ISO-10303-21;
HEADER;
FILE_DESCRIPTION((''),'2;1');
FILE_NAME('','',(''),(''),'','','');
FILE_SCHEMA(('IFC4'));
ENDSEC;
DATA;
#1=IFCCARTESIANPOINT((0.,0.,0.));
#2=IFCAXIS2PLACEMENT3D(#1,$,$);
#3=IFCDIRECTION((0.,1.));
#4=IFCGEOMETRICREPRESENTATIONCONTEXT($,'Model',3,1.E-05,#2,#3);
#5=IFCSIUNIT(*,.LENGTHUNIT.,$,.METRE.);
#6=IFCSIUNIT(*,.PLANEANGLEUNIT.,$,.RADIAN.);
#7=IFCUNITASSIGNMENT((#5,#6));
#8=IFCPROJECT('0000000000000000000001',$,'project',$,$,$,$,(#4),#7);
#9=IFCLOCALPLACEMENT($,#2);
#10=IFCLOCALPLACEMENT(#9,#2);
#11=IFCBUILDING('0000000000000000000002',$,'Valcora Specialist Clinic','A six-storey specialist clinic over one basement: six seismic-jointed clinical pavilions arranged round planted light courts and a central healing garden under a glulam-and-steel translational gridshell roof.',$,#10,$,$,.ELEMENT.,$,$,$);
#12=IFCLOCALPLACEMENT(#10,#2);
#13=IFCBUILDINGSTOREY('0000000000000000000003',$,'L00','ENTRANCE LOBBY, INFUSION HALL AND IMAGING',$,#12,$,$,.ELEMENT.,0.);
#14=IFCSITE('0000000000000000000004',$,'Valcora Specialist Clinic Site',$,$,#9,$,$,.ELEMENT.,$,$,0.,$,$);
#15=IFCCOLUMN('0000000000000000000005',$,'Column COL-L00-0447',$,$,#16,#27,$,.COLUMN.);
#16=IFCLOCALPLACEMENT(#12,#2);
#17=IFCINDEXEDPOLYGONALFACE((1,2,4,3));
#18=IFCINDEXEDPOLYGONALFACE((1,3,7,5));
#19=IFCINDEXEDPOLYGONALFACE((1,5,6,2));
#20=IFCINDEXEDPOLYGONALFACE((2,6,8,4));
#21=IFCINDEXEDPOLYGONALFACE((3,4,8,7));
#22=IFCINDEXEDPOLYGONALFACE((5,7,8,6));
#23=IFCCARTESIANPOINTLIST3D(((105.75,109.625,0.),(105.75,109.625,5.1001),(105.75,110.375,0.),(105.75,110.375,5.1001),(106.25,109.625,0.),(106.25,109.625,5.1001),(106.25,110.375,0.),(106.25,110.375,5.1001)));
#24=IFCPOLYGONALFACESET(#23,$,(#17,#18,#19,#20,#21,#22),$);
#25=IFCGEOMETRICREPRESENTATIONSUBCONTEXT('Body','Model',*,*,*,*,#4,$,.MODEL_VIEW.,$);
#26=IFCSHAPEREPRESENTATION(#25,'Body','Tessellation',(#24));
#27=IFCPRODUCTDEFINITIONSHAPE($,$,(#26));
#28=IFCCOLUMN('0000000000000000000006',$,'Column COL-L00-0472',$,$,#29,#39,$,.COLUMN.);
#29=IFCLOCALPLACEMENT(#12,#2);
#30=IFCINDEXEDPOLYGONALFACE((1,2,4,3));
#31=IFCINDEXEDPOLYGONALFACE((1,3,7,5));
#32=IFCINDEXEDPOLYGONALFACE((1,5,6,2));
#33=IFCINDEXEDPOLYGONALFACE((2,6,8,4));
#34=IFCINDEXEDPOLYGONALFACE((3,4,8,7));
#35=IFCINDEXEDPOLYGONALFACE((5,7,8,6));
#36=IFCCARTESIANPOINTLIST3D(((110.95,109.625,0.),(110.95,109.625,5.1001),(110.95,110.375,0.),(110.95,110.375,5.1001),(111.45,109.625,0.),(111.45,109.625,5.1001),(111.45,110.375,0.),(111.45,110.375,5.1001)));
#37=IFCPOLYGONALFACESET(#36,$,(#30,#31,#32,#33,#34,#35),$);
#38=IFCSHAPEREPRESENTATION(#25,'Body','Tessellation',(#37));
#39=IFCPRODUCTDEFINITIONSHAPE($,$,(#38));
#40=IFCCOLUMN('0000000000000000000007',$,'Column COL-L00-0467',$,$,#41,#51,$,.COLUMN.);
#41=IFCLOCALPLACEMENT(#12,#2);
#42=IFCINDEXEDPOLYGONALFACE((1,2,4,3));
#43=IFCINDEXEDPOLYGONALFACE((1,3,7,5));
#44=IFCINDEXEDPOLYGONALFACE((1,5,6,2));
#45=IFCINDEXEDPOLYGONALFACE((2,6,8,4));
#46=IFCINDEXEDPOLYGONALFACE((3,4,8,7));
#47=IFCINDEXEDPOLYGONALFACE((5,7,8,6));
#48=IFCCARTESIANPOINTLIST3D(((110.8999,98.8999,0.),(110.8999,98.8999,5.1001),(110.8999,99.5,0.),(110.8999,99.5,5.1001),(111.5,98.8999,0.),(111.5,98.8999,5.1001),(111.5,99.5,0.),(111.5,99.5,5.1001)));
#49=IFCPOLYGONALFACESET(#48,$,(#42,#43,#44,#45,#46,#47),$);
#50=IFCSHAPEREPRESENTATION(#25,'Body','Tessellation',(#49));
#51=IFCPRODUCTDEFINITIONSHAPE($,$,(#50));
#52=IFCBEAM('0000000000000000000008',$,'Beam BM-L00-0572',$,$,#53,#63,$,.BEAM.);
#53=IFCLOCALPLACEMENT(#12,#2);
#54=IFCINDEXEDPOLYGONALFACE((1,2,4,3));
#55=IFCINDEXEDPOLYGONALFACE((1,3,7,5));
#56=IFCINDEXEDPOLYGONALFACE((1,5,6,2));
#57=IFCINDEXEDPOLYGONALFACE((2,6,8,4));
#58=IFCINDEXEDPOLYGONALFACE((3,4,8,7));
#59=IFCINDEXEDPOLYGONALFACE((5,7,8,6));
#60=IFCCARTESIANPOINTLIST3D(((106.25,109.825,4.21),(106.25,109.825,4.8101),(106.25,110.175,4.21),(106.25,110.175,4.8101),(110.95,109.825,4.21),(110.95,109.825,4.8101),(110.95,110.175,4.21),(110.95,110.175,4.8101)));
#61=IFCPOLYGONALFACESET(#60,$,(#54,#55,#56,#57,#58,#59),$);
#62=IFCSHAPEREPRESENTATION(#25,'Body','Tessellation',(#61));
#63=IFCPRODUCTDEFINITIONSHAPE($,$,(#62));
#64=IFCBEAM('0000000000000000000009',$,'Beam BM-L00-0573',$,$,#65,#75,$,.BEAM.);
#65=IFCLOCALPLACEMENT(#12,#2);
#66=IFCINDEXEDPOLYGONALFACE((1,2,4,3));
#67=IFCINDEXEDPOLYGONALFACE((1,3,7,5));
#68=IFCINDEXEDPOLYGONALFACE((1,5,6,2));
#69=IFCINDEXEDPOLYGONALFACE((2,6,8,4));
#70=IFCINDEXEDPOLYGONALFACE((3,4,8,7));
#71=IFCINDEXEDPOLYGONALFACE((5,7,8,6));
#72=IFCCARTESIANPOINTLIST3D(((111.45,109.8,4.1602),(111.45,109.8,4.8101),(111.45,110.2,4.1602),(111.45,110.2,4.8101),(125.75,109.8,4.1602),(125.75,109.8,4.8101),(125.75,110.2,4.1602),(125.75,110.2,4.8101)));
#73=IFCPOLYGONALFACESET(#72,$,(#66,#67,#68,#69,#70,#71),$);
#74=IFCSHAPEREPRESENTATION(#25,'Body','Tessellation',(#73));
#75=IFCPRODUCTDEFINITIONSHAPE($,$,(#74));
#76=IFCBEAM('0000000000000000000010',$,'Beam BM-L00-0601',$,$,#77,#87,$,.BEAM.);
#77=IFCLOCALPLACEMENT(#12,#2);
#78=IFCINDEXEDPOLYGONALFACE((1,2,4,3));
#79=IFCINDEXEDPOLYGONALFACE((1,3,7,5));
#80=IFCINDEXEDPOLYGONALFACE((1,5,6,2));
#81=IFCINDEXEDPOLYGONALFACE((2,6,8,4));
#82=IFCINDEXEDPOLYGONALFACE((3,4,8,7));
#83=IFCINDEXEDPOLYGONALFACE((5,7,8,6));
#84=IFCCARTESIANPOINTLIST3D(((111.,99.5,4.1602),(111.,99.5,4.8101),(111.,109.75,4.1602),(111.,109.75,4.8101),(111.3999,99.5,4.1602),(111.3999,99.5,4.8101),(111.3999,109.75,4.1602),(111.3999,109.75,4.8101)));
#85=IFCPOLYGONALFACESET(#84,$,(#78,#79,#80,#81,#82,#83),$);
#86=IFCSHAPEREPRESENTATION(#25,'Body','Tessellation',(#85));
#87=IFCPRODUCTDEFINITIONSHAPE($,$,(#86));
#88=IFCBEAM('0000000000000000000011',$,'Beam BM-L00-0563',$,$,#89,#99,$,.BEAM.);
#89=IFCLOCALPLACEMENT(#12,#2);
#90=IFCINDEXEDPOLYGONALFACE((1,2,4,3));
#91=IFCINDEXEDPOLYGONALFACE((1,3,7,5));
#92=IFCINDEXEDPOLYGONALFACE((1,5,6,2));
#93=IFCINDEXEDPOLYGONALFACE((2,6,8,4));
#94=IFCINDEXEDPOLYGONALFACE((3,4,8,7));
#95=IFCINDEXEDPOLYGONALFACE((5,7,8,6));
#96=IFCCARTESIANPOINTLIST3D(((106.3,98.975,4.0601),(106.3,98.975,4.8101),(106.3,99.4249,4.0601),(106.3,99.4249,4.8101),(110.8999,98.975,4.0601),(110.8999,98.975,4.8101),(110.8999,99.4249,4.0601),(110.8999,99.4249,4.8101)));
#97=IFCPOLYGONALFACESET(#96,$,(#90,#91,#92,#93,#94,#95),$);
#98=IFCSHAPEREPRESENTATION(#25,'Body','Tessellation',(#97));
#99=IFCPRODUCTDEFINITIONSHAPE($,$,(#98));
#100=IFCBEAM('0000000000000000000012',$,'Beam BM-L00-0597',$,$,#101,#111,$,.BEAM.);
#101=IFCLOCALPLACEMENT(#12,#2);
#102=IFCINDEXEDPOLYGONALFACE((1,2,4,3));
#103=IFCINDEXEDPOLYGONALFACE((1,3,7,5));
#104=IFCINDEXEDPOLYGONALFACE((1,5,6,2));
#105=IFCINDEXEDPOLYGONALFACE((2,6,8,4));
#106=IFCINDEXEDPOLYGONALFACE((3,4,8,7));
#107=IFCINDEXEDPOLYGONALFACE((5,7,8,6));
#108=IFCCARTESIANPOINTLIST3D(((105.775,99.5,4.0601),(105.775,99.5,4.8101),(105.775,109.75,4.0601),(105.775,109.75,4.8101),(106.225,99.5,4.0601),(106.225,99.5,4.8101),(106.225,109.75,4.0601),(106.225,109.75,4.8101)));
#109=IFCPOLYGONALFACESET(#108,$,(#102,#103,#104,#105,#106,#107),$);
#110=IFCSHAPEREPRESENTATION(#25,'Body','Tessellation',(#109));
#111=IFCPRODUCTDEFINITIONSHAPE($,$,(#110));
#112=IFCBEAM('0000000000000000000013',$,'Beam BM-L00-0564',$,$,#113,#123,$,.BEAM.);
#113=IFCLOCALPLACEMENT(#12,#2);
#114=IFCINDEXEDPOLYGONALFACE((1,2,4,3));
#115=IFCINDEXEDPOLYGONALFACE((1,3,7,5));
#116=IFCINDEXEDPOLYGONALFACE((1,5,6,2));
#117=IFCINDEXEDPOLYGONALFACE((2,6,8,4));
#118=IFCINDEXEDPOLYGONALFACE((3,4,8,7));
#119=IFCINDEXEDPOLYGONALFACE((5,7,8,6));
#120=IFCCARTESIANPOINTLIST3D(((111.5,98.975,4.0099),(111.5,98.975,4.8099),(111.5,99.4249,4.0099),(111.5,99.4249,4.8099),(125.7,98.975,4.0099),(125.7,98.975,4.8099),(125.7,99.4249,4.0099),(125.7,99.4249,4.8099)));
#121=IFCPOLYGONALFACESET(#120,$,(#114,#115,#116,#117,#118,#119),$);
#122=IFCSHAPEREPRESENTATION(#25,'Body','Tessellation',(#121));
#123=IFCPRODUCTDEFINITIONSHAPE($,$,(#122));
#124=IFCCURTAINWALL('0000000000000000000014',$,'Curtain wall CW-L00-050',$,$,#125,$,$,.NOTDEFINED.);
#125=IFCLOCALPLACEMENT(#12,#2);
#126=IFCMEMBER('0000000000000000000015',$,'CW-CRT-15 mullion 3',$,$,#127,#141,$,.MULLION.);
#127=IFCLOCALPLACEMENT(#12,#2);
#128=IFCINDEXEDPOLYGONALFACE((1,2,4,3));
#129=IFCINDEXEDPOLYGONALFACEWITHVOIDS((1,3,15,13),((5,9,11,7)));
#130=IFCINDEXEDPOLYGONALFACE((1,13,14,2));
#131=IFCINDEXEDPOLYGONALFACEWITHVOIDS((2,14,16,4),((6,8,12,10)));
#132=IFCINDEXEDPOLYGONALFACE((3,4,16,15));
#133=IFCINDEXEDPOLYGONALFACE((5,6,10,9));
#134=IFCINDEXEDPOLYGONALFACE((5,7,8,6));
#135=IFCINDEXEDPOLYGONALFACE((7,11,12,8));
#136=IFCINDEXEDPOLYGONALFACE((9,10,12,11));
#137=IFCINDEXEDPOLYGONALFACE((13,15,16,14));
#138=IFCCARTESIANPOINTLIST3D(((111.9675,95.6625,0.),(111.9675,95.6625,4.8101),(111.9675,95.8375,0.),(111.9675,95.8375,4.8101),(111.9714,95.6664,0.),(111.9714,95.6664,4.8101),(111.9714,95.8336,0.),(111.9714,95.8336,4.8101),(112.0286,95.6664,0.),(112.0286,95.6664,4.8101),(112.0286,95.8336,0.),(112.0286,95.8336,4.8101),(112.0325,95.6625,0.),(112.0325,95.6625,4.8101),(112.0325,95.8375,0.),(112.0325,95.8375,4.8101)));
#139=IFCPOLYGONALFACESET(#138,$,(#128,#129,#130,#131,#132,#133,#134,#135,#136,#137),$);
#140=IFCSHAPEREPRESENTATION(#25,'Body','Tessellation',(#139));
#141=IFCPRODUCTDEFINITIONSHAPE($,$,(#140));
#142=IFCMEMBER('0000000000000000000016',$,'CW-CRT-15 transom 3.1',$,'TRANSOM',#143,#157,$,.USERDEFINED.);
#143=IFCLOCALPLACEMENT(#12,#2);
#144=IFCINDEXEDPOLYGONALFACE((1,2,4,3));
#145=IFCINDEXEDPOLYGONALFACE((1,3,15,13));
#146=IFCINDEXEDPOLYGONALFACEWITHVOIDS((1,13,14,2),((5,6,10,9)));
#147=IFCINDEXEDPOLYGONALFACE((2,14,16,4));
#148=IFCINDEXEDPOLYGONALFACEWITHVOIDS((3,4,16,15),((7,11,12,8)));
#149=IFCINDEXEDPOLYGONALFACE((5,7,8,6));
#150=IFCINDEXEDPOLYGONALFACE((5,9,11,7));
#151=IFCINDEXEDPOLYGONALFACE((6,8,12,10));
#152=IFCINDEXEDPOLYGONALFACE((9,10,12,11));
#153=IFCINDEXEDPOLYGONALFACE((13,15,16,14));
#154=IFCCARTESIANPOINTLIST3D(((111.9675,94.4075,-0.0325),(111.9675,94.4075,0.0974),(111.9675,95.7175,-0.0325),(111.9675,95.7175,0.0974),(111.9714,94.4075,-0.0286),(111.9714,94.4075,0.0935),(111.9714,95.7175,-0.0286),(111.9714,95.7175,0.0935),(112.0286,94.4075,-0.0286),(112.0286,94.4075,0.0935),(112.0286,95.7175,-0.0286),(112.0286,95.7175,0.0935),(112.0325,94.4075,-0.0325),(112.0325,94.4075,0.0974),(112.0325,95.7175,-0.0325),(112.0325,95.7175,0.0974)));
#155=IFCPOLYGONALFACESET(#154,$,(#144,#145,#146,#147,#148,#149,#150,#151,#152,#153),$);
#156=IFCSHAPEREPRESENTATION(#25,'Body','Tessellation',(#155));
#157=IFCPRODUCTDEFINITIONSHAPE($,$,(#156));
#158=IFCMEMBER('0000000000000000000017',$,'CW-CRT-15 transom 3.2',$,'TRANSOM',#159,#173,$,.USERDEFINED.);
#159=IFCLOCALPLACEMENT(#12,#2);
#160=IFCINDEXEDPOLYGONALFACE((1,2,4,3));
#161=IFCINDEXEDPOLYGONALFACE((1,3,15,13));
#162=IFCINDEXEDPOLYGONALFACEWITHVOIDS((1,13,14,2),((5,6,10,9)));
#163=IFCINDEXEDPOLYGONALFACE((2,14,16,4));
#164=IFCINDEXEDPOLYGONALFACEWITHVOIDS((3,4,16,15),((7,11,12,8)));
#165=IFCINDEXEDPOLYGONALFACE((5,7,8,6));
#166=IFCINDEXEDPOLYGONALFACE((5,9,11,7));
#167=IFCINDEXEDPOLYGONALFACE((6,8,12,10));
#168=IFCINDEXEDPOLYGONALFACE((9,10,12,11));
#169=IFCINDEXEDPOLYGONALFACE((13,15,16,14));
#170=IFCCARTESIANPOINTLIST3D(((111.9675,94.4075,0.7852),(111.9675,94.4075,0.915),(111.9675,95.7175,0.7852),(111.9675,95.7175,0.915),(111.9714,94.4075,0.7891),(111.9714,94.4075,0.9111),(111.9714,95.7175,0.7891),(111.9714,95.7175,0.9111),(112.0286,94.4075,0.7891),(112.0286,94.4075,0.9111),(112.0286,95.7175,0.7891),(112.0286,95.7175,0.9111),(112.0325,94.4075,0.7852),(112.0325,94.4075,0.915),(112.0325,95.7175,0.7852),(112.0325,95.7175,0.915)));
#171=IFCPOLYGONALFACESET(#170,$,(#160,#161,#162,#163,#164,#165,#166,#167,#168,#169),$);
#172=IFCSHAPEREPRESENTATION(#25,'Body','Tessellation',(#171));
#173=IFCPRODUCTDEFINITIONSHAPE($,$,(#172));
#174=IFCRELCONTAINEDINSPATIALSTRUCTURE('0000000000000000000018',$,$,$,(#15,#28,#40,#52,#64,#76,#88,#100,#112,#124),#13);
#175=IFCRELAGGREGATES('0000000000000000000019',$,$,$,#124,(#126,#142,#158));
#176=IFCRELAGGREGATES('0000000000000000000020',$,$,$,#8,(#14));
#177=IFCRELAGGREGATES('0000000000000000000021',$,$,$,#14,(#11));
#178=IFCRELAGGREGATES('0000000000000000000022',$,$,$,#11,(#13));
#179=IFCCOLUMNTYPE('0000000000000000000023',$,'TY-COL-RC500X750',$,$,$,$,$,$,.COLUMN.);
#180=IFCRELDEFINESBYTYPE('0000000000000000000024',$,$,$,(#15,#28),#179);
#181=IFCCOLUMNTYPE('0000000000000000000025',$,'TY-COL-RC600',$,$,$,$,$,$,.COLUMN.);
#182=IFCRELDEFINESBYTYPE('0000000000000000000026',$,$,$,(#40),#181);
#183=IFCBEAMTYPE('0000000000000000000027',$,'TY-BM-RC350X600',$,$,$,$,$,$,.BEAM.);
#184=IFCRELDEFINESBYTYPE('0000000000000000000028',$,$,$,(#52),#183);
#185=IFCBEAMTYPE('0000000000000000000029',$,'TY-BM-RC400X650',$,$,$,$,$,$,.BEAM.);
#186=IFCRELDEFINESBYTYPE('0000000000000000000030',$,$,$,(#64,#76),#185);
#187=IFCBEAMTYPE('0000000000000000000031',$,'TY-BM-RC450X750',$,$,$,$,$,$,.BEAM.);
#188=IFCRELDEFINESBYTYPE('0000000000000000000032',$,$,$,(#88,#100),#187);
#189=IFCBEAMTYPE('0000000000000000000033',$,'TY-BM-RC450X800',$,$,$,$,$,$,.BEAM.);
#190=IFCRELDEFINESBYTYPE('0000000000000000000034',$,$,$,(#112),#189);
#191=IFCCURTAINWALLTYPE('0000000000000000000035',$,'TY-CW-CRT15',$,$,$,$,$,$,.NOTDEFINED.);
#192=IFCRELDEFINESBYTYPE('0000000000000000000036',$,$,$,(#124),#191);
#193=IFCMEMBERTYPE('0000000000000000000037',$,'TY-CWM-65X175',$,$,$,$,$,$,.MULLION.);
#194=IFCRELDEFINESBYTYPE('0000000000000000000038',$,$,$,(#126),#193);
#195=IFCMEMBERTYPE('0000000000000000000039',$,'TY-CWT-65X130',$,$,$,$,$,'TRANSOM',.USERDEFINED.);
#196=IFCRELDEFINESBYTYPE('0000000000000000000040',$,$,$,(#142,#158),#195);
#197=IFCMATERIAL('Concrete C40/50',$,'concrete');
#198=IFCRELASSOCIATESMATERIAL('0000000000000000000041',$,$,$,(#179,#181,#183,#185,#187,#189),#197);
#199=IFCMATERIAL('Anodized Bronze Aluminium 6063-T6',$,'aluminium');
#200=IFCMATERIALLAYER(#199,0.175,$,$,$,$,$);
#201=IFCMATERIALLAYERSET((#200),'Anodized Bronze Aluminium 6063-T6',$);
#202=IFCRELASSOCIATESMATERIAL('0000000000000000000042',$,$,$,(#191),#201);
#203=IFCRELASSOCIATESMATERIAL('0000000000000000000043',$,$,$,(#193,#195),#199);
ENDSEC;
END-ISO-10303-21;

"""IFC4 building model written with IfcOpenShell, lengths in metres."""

from ifc_helpers import new_model, si_unit, direction, frame, origin, origin_2d, place, context, subcontext, project, spatial, rectangle, hollow_rectangle, extrude, material, layer, layer_set, material_profile, profile_set, type_object, element, aggregate, save


model = new_model("IFC4")

# Units and contexts
model_context = context("Model", 3, precision=1e-05, world=origin(), true_north=direction((0.0, 1.0)))
body_context = subcontext(model_context, "Body", "Model", "MODEL_VIEW")
ifc_project = project(units=[si_unit("LENGTHUNIT", "METRE"), si_unit("PLANEANGLEUNIT", "RADIAN")], contexts=[model_context])

# Site, building, storey
site_placement = place(None, origin())
site = spatial("IfcSite", under=ifc_project, at=site_placement, Name="Valcora Specialist Clinic Site", CompositionType="ELEMENT", RefElevation=0.0)
building_placement = place(site_placement, origin())
building = spatial("IfcBuilding", under=site, at=building_placement, Name="Valcora Specialist Clinic", Description="A six-storey specialist clinic over one basement: six seismic-jointed clinical pavilions arranged round planted light courts and a central healing garden under a glulam-and-steel translational gridshell roof.", CompositionType="ELEMENT")
storey_placement = place(building_placement, origin())
storey = spatial("IfcBuildingStorey", under=building, at=storey_placement, Name="L00", Description="ENTRANCE LOBBY, INFUSION HALL AND IMAGING", CompositionType="ELEMENT", Elevation=0.0)

# Columns
ifc_material_1 = material(Name="Concrete C40/50", Category="concrete")
ifc_material_profile_1 = material_profile(ifc_material_1, rectangle(XDim=0.5, YDim=0.75, at=origin_2d()), Name="RC-COL-500X750")
ifc_profile_set_1 = profile_set([ifc_material_profile_1], Name="Concrete C40/50")
column_type_1 = type_object("IfcColumnType", Name="TY-COL-RC500X750", PredefinedType="COLUMN", material=ifc_profile_set_1)
for number, where, z_axis, x_axis, name in (
    (1, (106.0, 110.0, 0.0), (0.0, 0.0, 1.0), (1.0, 0.0, 0.0), "Column COL-L00-0447"),
    (2, (111.2, 110.0, 0.0), (0.0, 0.0, 1.0), (1.0, 0.0, 0.0), "Column COL-L00-0472"),
):
    element("IfcColumn", number, at=place(storey_placement, frame(where, z_axis=z_axis, x_axis=x_axis)), inside=storey, type_object=column_type_1, Name=name, PredefinedType="COLUMN", context=body_context, shape_type="SweptSolid", body=[
        extrude(rectangle(XDim=0.5, YDim=0.75, at=origin_2d()), origin(), (0.0, 0.0, 1.0), 5.1001),
    ])
ifc_material_profile_2 = material_profile(ifc_material_1, rectangle(XDim=0.6001, YDim=0.6001, at=origin_2d()), Name="RC-COL-600X600")
ifc_profile_set_2 = profile_set([ifc_material_profile_2], Name="Concrete C40/50")
column_type_2 = type_object("IfcColumnType", Name="TY-COL-RC600", PredefinedType="COLUMN", material=ifc_profile_set_2)
column_placement = place(storey_placement, frame((111.2, 99.2, 0.0), z_axis=(0.0, 0.0, 1.0), x_axis=(1.0, 0.0, 0.0)))
element("IfcColumn", 3, at=column_placement, inside=storey, type_object=column_type_2, Name="Column COL-L00-0467", PredefinedType="COLUMN", context=body_context, shape_type="SweptSolid", body=[
    extrude(rectangle(XDim=0.6001, YDim=0.6001, at=origin_2d()), origin(), (0.0, 0.0, 1.0), 5.1001),
])

# Beams
ifc_material_profile_3 = material_profile(ifc_material_1, rectangle(XDim=0.3501, YDim=0.6001, at=origin_2d()), Name="RC-BM-350X600")
ifc_profile_set_3 = profile_set([ifc_material_profile_3], Name="Concrete C40/50")
beam_type_1 = type_object("IfcBeamType", Name="TY-BM-RC350X600", PredefinedType="BEAM", material=ifc_profile_set_3)
beam_1_placement = place(storey_placement, frame((106.25, 110.0, 4.51), z_axis=(1.0, 0.0, 0.0), x_axis=(0.0, 1.0, 0.0)))
element("IfcBeam", 4, at=beam_1_placement, inside=storey, type_object=beam_type_1, Name="Beam BM-L00-0572", PredefinedType="BEAM", context=body_context, shape_type="SweptSolid", body=[
    extrude(rectangle(XDim=0.3501, YDim=0.6001, at=origin_2d()), origin(), (0.0, 0.0, 1.0), 4.7),
])
ifc_material_profile_4 = material_profile(ifc_material_1, rectangle(XDim=0.3999, YDim=0.6499, at=origin_2d()), Name="RC-BM-400X650")
ifc_profile_set_4 = profile_set([ifc_material_profile_4], Name="Concrete C40/50")
beam_type_2 = type_object("IfcBeamType", Name="TY-BM-RC400X650", PredefinedType="BEAM", material=ifc_profile_set_4)
beam_2_placement = place(storey_placement, frame((111.45, 110.0, 4.4851), z_axis=(1.0, 0.0, 0.0), x_axis=(0.0, 1.0, 0.0)))
element("IfcBeam", 5, at=beam_2_placement, inside=storey, type_object=beam_type_2, Name="Beam BM-L00-0573", PredefinedType="BEAM", context=body_context, shape_type="SweptSolid", body=[
    extrude(rectangle(XDim=0.3999, YDim=0.6499, at=origin_2d()), origin(), (0.0, 0.0, 1.0), 14.3),
])
beam_3_placement = place(storey_placement, frame((111.2, 99.5, 4.4851), z_axis=(0.0, 1.0, 0.0), x_axis=(-1.0, 0.0, 0.0)))
element("IfcBeam", 6, at=beam_3_placement, inside=storey, type_object=beam_type_2, Name="Beam BM-L00-0601", PredefinedType="BEAM", context=body_context, shape_type="SweptSolid", body=[
    extrude(rectangle(XDim=0.3999, YDim=0.6499, at=origin_2d()), origin(), (0.0, 0.0, 1.0), 10.25),
])
ifc_material_profile_5 = material_profile(ifc_material_1, rectangle(XDim=0.45, YDim=0.75, at=origin_2d()), Name="RC-BM-450X750")
ifc_profile_set_5 = profile_set([ifc_material_profile_5], Name="Concrete C40/50")
beam_type_3 = type_object("IfcBeamType", Name="TY-BM-RC450X750", PredefinedType="BEAM", material=ifc_profile_set_5)
beam_4_placement = place(storey_placement, frame((106.3, 99.2, 4.4351), z_axis=(1.0, 0.0, 0.0), x_axis=(0.0, 1.0, 0.0)))
element("IfcBeam", 7, at=beam_4_placement, inside=storey, type_object=beam_type_3, Name="Beam BM-L00-0563", PredefinedType="BEAM", context=body_context, shape_type="SweptSolid", body=[
    extrude(rectangle(XDim=0.45, YDim=0.75, at=origin_2d()), origin(), (0.0, 0.0, 1.0), 4.5999),
])
beam_5_placement = place(storey_placement, frame((106.0, 99.5, 4.4351), z_axis=(0.0, 1.0, 0.0), x_axis=(-1.0, 0.0, 0.0)))
element("IfcBeam", 8, at=beam_5_placement, inside=storey, type_object=beam_type_3, Name="Beam BM-L00-0597", PredefinedType="BEAM", context=body_context, shape_type="SweptSolid", body=[
    extrude(rectangle(XDim=0.45, YDim=0.75, at=origin_2d()), origin(), (0.0, 0.0, 1.0), 10.25),
])
ifc_material_profile_6 = material_profile(ifc_material_1, rectangle(XDim=0.45, YDim=0.8, at=origin_2d()), Name="RC-BM-450X800")
ifc_profile_set_6 = profile_set([ifc_material_profile_6], Name="Concrete C40/50")
beam_type_4 = type_object("IfcBeamType", Name="TY-BM-RC450X800", PredefinedType="BEAM", material=ifc_profile_set_6)
beam_6_placement = place(storey_placement, frame((111.5, 99.2, 4.4099), z_axis=(1.0, 0.0, 0.0), x_axis=(0.0, 1.0, 0.0)))
element("IfcBeam", 9, at=beam_6_placement, inside=storey, type_object=beam_type_4, Name="Beam BM-L00-0564", PredefinedType="BEAM", context=body_context, shape_type="SweptSolid", body=[
    extrude(rectangle(XDim=0.45, YDim=0.8, at=origin_2d()), origin(), (0.0, 0.0, 1.0), 14.2),
])

# Curtain wall, members
ifc_material_2 = material(Name="Anodized Bronze Aluminium 6063-T6", Category="aluminium")
ifc_layer_1 = layer(ifc_material_2, 0.175)
ifc_layer_set_1 = layer_set([ifc_layer_1], Name="Anodized Bronze Aluminium 6063-T6")
curtain_wall_type = type_object("IfcCurtainWallType", Name="TY-CW-CRT15", PredefinedType="NOTDEFINED", material=ifc_layer_set_1)
curtain_wall_placement = place(storey_placement, origin())
curtain_wall = element("IfcCurtainWall", 10, at=curtain_wall_placement, inside=storey, type_object=curtain_wall_type, Name="Curtain wall CW-L00-050", PredefinedType="NOTDEFINED")
ifc_material_profile_7 = material_profile(ifc_material_2, hollow_rectangle(XDim=0.0649, YDim=0.175, WallThickness=0.0039, at=origin_2d()), Name="AL-MUL-65X175")
ifc_profile_set_7 = profile_set([ifc_material_profile_7], Name="Anodized Bronze Aluminium 6063-T6")
member_type_1 = type_object("IfcMemberType", Name="TY-CWM-65X175", PredefinedType="MULLION", material=ifc_profile_set_7)
member_1_placement = place(storey_placement, frame((112.0, 95.75, 0.0), z_axis=(0.0, 0.0, 1.0), x_axis=(1.0, 0.0, 0.0)))
member_1 = element("IfcMember", 11, at=member_1_placement, type_object=member_type_1, Name="CW-CRT-15 mullion 3", PredefinedType="MULLION", context=body_context, shape_type="SweptSolid", body=[
    extrude(hollow_rectangle(XDim=0.0649, YDim=0.175, WallThickness=0.0039, at=origin_2d()), origin(), (0.0, 0.0, 1.0), 4.8101),
])
ifc_material_profile_8 = material_profile(ifc_material_2, hollow_rectangle(XDim=0.0649, YDim=0.1299, WallThickness=0.0039, at=origin_2d()), Name="AL-TRN-65X130")
ifc_profile_set_8 = profile_set([ifc_material_profile_8], Name="Anodized Bronze Aluminium 6063-T6")
member_type_2 = type_object("IfcMemberType", Name="TY-CWT-65X130", ElementType="TRANSOM", PredefinedType="USERDEFINED", material=ifc_profile_set_8)
member_2_placement = place(storey_placement, frame((112.0, 95.7175, 0.0325), z_axis=(0.0, -1.0, 0.0), x_axis=(1.0, 0.0, 0.0)))
member_2 = element("IfcMember", 12, at=member_2_placement, type_object=member_type_2, Name="CW-CRT-15 transom 3.1", ObjectType="TRANSOM", PredefinedType="USERDEFINED", context=body_context, shape_type="SweptSolid", body=[
    extrude(hollow_rectangle(XDim=0.0649, YDim=0.1299, WallThickness=0.0039, at=origin_2d()), origin(), (0.0, 0.0, 1.0), 1.3101),
])
member_3_placement = place(storey_placement, frame((112.0, 95.7175, 0.8501), z_axis=(0.0, -1.0, 0.0), x_axis=(1.0, 0.0, 0.0)))
member_3 = element("IfcMember", 13, at=member_3_placement, type_object=member_type_2, Name="CW-CRT-15 transom 3.2", ObjectType="TRANSOM", PredefinedType="USERDEFINED", context=body_context, shape_type="SweptSolid", body=[
    extrude(hollow_rectangle(XDim=0.0649, YDim=0.1299, WallThickness=0.0039, at=origin_2d()), origin(), (0.0, 0.0, 1.0), 1.3101),
])
aggregate(curtain_wall, [member_1, member_2, member_3])

save(model, "model.ifc")
